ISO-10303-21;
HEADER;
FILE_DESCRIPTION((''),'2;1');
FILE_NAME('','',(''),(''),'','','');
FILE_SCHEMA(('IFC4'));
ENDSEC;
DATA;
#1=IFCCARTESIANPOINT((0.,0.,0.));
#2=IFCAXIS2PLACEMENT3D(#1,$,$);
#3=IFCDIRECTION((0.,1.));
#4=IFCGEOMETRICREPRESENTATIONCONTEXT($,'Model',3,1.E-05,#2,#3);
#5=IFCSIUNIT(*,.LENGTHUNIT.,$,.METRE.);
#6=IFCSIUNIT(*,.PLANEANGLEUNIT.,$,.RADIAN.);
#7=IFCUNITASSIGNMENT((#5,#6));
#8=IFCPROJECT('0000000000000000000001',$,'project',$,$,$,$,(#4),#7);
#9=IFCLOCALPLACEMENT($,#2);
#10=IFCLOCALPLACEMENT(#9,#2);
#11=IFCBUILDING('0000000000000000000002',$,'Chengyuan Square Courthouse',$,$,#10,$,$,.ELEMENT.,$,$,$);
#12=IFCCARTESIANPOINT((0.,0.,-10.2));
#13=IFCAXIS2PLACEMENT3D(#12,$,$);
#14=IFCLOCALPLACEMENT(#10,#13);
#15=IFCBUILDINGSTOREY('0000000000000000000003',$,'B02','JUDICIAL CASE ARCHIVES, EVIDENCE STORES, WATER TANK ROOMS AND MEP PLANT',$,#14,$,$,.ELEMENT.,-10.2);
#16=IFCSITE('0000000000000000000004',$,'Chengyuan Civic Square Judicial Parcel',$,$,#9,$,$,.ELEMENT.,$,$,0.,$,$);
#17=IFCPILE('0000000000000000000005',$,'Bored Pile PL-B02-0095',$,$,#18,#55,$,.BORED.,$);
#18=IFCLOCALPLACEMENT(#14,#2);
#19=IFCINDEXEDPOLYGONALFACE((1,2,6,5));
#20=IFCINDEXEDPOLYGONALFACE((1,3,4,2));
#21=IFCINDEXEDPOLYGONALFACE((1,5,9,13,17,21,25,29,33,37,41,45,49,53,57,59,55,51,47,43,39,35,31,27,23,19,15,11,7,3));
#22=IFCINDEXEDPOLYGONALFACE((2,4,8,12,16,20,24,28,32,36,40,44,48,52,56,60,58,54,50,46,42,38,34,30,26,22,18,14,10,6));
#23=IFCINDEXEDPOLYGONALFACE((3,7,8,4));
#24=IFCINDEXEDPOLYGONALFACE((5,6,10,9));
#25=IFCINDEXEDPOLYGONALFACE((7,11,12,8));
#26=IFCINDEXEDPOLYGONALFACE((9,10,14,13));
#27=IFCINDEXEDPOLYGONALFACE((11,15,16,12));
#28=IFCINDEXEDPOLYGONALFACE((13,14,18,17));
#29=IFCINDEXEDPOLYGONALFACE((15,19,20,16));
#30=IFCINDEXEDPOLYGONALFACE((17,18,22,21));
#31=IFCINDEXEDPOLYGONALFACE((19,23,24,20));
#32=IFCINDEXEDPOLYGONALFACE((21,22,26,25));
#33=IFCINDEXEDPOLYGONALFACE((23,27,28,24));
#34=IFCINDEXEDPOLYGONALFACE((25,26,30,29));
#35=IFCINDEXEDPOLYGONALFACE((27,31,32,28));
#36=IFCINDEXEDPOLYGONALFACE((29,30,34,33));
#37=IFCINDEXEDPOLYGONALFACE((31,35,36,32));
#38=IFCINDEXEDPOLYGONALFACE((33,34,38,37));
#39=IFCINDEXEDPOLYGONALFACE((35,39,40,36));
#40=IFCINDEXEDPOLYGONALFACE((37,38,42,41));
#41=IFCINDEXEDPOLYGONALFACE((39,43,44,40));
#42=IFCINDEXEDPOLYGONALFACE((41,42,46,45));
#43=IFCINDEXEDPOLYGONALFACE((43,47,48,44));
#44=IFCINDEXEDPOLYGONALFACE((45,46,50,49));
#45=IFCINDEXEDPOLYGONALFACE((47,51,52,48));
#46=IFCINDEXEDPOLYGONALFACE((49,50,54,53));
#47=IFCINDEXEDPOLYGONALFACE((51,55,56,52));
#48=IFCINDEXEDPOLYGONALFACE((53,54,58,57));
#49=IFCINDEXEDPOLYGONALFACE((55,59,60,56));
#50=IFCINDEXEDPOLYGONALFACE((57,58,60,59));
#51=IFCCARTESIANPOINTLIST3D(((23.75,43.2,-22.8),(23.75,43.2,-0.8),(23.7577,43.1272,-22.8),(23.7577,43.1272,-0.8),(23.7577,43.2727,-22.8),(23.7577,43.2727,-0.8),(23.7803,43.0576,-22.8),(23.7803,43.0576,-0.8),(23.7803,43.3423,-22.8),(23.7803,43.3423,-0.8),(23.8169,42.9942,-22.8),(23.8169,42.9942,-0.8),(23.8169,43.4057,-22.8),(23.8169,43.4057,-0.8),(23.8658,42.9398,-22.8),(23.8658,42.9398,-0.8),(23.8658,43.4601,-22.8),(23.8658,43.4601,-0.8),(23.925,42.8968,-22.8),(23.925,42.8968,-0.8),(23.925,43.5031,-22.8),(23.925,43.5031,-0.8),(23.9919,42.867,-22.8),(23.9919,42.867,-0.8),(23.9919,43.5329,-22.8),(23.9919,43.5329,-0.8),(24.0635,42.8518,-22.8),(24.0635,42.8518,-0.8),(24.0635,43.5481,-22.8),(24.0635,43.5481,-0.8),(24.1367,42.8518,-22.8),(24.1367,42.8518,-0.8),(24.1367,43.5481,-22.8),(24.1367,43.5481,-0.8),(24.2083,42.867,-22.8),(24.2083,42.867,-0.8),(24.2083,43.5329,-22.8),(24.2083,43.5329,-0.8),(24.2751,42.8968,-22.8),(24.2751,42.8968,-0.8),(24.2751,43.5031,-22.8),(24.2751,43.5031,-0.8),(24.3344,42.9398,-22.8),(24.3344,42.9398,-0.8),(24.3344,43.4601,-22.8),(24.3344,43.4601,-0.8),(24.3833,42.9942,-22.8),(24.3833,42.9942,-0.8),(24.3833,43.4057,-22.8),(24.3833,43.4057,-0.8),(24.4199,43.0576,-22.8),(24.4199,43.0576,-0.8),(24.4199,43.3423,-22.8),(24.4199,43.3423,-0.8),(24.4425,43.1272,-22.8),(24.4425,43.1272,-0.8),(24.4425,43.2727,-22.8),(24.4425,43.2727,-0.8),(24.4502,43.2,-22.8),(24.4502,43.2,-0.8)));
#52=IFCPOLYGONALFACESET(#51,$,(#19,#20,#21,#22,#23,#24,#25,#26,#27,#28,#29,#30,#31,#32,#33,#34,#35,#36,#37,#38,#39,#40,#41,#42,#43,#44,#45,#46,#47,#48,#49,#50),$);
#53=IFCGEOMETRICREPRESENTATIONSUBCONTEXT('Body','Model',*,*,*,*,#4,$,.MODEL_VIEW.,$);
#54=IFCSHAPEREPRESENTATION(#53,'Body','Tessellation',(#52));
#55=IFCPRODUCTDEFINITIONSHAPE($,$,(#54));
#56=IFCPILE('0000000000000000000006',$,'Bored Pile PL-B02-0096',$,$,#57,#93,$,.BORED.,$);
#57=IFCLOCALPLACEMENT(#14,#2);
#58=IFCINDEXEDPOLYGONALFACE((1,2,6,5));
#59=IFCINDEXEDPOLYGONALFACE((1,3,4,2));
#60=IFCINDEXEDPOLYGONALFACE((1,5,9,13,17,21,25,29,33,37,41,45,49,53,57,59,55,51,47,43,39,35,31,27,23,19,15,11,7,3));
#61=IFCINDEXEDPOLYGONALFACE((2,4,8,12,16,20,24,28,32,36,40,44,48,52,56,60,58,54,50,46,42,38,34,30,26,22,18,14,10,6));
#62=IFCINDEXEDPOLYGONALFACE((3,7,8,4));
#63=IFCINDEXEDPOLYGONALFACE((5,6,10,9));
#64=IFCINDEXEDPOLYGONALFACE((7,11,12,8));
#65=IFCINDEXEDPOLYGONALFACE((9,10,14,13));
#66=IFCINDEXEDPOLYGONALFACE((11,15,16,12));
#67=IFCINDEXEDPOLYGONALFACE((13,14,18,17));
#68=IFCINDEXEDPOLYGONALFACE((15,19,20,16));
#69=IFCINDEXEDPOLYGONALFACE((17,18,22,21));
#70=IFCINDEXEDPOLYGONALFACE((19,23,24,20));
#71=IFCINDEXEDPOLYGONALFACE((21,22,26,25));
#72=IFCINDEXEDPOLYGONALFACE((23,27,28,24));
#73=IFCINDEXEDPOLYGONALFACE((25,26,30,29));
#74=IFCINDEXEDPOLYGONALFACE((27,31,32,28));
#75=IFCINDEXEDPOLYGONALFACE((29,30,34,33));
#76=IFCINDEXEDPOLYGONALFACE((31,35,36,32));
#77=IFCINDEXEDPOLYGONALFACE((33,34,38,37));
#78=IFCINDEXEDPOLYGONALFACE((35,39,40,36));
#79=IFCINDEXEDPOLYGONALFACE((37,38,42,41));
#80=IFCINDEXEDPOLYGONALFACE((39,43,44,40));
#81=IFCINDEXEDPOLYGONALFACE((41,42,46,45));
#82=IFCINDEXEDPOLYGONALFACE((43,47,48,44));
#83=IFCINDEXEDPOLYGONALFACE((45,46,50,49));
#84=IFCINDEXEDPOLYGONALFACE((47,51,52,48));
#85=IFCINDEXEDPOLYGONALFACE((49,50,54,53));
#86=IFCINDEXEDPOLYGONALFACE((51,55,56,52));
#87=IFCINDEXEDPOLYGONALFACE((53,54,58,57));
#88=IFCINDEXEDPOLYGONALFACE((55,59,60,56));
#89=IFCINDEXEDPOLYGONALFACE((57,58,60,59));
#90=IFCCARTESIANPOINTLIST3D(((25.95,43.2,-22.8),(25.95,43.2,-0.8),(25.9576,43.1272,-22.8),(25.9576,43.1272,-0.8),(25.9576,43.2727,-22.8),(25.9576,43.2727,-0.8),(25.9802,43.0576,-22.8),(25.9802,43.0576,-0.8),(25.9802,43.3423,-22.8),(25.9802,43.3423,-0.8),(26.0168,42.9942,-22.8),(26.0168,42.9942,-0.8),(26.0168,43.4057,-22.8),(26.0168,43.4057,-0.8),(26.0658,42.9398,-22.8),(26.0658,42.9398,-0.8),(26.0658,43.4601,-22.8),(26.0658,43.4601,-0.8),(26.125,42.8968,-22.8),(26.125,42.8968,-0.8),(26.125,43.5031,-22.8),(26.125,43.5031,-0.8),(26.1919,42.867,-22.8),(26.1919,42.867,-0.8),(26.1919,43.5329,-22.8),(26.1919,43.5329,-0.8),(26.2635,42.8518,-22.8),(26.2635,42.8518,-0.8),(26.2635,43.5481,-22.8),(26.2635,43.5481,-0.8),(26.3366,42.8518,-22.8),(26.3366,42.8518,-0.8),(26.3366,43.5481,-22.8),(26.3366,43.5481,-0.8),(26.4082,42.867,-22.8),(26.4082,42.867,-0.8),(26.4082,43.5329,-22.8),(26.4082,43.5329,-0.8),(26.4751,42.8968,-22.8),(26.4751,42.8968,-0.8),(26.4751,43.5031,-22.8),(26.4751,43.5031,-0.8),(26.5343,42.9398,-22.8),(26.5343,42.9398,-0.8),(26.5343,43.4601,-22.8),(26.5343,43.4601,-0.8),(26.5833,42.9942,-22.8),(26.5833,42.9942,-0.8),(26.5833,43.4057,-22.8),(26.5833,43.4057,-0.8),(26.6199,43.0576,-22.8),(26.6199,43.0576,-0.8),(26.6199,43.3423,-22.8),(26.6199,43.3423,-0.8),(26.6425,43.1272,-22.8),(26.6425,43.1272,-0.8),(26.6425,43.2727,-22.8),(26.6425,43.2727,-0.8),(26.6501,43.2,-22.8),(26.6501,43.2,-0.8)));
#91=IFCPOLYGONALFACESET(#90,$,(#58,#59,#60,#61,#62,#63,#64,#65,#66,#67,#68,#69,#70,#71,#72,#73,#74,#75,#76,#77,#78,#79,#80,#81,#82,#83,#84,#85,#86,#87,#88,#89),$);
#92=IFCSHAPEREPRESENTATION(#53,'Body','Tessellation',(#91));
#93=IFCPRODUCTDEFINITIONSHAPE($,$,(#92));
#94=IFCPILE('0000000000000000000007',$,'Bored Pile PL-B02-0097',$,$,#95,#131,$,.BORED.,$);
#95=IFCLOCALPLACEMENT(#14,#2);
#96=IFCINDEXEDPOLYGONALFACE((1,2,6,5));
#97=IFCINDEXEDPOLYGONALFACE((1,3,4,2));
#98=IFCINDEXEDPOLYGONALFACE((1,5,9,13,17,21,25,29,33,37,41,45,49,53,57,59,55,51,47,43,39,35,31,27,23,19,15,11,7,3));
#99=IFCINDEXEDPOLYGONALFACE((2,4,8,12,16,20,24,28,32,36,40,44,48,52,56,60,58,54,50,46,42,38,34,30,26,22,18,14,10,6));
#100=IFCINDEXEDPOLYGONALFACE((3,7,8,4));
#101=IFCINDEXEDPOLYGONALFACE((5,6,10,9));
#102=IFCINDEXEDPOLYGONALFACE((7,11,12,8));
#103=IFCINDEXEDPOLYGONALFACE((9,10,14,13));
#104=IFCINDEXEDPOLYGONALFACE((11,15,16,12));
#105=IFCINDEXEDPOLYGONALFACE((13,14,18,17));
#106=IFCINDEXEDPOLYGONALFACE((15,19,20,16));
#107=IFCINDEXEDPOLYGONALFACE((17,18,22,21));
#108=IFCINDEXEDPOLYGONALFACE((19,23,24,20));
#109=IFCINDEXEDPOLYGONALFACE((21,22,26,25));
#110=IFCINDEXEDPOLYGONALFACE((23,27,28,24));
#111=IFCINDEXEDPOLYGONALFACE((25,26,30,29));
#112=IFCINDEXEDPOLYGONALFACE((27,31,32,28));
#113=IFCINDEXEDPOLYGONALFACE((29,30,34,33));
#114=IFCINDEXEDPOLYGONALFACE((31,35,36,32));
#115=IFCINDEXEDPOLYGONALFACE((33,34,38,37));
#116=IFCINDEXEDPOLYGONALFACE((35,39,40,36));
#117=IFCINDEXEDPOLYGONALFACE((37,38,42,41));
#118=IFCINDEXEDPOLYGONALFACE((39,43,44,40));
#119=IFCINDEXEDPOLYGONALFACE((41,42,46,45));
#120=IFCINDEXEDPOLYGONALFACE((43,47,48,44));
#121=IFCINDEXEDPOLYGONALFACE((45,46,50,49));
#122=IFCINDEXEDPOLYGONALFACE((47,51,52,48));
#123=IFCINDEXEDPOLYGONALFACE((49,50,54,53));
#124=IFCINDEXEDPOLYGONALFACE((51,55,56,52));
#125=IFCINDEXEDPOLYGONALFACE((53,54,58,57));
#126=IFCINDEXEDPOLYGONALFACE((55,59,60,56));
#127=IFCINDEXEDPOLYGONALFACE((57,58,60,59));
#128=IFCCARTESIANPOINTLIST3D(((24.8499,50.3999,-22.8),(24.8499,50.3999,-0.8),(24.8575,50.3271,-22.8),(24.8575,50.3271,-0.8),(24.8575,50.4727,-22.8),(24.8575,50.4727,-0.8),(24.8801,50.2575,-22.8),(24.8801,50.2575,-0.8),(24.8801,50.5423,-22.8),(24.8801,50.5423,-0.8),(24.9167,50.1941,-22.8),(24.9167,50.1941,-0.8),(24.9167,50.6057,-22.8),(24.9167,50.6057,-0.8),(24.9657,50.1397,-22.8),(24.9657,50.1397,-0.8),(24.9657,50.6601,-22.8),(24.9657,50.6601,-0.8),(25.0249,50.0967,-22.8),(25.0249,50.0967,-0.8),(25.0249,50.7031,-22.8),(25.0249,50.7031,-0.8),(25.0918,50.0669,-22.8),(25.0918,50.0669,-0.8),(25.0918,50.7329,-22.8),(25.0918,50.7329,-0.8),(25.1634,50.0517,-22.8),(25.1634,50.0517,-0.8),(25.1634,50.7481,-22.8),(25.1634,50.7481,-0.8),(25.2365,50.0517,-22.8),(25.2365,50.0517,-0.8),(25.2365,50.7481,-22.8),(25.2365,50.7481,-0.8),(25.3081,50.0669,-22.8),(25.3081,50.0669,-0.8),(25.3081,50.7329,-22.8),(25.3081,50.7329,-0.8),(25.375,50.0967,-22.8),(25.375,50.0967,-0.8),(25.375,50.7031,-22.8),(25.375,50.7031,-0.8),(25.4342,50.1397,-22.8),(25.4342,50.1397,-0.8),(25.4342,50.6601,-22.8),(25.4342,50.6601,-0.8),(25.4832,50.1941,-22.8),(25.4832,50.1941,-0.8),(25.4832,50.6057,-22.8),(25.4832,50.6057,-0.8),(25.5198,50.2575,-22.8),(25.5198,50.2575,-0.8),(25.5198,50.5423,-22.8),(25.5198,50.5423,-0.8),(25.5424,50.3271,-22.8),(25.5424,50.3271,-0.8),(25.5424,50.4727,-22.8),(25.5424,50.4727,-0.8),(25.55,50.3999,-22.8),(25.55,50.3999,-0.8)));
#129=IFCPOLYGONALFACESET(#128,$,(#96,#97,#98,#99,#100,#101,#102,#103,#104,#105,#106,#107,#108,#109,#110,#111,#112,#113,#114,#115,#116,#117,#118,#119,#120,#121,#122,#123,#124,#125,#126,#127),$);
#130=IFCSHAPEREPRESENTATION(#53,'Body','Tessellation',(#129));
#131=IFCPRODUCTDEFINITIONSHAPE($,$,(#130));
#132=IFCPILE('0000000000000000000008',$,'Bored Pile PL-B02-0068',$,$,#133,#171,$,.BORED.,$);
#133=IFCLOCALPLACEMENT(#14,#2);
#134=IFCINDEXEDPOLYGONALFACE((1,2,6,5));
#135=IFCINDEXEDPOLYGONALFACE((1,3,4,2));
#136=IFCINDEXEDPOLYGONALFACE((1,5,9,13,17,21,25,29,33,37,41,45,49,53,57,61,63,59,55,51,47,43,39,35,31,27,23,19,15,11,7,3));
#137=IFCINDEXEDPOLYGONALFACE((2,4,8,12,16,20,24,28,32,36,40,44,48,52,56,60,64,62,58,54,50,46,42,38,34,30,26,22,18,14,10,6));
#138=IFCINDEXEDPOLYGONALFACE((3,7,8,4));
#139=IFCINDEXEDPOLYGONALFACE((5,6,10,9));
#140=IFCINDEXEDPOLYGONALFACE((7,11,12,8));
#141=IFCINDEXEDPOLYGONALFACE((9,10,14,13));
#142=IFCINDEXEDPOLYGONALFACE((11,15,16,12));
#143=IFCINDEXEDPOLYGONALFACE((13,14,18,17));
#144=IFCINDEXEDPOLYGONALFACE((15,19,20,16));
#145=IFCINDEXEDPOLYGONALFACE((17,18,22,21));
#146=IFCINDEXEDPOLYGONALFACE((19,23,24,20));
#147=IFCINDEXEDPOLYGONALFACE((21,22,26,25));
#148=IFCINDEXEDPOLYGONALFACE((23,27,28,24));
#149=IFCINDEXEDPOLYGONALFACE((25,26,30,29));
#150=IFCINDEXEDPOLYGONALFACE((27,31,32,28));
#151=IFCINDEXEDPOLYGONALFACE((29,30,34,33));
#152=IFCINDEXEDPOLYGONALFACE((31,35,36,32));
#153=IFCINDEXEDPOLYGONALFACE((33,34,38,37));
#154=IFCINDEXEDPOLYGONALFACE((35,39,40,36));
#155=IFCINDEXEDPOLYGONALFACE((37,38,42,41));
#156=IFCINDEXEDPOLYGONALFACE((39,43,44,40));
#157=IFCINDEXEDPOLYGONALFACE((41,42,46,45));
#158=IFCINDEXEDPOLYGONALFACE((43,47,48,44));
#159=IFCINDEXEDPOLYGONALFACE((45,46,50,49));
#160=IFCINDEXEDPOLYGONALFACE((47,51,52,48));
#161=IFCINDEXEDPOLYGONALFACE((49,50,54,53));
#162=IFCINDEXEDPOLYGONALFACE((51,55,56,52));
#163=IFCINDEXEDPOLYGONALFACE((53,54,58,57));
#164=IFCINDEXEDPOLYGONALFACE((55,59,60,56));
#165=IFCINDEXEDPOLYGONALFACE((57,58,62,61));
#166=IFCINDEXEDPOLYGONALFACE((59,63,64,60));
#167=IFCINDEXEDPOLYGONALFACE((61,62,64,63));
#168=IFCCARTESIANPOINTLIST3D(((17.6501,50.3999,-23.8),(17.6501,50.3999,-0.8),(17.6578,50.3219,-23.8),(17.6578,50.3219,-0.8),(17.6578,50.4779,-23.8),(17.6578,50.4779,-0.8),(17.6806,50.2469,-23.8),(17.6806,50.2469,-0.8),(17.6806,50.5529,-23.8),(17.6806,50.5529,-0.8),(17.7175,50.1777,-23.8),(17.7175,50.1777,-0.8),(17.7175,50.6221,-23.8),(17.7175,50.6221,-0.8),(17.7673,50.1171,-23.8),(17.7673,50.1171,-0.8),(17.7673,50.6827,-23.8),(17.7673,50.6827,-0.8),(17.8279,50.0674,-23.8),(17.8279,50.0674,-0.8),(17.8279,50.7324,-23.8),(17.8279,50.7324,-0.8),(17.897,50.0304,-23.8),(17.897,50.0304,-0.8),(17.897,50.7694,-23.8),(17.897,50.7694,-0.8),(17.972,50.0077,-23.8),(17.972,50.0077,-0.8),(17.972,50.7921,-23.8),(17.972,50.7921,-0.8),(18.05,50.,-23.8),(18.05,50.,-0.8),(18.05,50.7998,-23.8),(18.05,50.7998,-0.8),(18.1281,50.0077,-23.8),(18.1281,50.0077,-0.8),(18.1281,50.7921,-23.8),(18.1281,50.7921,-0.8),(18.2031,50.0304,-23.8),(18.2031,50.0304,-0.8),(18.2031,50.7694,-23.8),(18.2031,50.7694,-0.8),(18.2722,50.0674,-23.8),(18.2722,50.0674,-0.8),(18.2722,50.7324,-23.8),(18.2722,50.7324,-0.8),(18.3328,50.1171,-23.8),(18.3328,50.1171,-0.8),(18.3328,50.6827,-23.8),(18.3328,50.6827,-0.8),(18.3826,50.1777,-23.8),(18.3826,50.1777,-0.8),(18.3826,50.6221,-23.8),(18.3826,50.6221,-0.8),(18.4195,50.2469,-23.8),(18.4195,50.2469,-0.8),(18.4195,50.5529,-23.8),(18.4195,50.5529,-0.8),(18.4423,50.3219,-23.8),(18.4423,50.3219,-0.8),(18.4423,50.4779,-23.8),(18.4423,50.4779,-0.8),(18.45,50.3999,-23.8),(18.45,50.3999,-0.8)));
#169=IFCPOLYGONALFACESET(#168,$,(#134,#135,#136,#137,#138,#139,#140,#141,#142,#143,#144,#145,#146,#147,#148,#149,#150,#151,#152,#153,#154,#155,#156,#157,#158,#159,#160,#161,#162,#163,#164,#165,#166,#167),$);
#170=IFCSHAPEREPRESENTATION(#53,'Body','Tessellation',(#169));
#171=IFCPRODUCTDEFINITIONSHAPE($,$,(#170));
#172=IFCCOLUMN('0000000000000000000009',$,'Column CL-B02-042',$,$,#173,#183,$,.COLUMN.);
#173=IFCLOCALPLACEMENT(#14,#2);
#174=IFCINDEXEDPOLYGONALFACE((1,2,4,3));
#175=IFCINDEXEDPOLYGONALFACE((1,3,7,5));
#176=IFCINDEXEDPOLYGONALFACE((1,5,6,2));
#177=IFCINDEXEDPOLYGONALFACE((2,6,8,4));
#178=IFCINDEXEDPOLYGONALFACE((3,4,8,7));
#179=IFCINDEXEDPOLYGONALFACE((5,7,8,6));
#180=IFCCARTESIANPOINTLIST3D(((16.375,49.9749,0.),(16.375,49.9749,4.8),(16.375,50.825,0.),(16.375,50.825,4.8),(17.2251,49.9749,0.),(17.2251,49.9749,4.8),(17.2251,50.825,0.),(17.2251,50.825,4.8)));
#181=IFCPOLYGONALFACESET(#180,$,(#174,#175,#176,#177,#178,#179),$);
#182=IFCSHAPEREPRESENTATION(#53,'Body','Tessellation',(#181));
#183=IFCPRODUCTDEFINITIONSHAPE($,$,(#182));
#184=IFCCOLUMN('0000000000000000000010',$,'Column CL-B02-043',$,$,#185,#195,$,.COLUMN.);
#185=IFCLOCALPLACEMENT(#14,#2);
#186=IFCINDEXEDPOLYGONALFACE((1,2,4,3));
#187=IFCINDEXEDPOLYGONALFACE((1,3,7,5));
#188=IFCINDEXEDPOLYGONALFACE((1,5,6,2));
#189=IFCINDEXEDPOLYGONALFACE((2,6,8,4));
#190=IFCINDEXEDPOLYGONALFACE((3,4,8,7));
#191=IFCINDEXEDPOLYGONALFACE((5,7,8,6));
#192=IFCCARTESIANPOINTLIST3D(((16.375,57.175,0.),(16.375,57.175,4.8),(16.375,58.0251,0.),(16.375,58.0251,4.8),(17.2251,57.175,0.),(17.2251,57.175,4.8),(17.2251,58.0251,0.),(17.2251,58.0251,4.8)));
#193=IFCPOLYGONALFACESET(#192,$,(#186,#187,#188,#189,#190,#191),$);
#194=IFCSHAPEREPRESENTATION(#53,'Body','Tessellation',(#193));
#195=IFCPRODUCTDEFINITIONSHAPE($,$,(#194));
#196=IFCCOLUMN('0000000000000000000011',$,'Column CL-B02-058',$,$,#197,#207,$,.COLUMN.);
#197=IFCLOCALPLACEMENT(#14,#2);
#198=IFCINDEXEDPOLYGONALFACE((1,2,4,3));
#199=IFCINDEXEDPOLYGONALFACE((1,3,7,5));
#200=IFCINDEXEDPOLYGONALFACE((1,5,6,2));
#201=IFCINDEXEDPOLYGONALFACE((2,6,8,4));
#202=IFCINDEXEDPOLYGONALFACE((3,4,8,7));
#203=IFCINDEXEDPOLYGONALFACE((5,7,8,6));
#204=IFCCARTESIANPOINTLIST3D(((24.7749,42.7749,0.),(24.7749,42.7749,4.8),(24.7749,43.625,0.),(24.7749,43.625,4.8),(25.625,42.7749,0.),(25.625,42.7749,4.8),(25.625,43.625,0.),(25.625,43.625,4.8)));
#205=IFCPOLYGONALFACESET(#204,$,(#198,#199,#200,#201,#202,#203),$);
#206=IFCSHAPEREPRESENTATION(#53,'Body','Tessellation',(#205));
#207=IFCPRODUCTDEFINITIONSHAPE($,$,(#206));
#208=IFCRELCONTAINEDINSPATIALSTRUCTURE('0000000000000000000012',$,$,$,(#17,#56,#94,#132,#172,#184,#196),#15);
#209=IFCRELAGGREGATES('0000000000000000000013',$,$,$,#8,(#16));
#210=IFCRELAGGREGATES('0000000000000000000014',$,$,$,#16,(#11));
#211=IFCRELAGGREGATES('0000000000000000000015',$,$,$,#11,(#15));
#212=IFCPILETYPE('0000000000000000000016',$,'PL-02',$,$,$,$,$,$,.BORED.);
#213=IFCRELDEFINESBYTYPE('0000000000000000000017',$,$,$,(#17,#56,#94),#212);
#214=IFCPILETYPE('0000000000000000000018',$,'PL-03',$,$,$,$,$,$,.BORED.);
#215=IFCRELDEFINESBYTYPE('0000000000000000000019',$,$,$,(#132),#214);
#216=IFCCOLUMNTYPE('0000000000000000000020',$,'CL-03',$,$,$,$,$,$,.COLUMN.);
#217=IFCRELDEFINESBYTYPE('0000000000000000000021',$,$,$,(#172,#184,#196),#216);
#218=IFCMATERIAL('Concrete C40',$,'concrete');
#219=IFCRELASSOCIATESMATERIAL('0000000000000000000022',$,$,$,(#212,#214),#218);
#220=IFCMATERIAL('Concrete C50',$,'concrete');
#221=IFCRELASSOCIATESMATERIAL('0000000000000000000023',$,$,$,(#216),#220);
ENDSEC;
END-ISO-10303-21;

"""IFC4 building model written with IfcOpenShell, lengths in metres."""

from ifc_helpers import new_model, si_unit, direction, frame, origin, origin_2d, place, context, subcontext, project, spatial, rectangle, circle, extrude, material, material_profile, profile_set, type_object, element, save


model = new_model("IFC4")

# Units and contexts
model_context = context("Model", 3, precision=1e-05, world=origin(), true_north=direction((0.0, 1.0)))
body_context = subcontext(model_context, "Body", "Model", "MODEL_VIEW")
ifc_project = project(units=[si_unit("LENGTHUNIT", "METRE"), si_unit("PLANEANGLEUNIT", "RADIAN")], contexts=[model_context])

# Site, building, storey
site_placement = place(None, origin())
site = spatial("IfcSite", under=ifc_project, at=site_placement, Name="Chengyuan Civic Square Judicial Parcel", CompositionType="ELEMENT", RefElevation=0.0)
building_placement = place(site_placement, origin())
building = spatial("IfcBuilding", under=site, at=building_placement, Name="Chengyuan Square Courthouse", CompositionType="ELEMENT")
storey_placement = place(building_placement, frame((0.0, 0.0, -10.2)))
storey = spatial("IfcBuildingStorey", under=building, at=storey_placement, Name="B02", Description="JUDICIAL CASE ARCHIVES, EVIDENCE STORES, WATER TANK ROOMS AND MEP PLANT", CompositionType="ELEMENT", Elevation=-10.2)

# Shared definitions
ifc_material_1 = material(Name="Concrete C40", Category="concrete")

# Piles
ifc_material_profile_1 = material_profile(ifc_material_1, circle(Radius=0.3501, at=origin_2d()), Name="BORED PILE D700")
ifc_profile_set_1 = profile_set([ifc_material_profile_1], Name="Concrete C40")
pile_type_1 = type_object("IfcPileType", Name="PL-02", PredefinedType="BORED", material=ifc_profile_set_1)
for number, where, z_axis, x_axis, name in (
    (1, (24.1001, 43.2, -0.8), (0.0, 0.0, -1.0), (1.0, 0.0, 0.0), "Bored Pile PL-B02-0095"),
    (2, (26.3, 43.2, -0.8), (0.0, 0.0, -1.0), (1.0, 0.0, 0.0), "Bored Pile PL-B02-0096"),
    (3, (25.2, 50.3999, -0.8), (0.0, 0.0, -1.0), (1.0, 0.0, 0.0), "Bored Pile PL-B02-0097"),
):
    element("IfcPile", number, at=place(storey_placement, frame(where, z_axis=z_axis, x_axis=x_axis)), inside=storey, type_object=pile_type_1, Name=name, PredefinedType="BORED", context=body_context, shape_type="SweptSolid", body=[
        extrude(circle(Radius=0.3501, at=origin_2d()), origin(), (0.0, 0.0, 1.0), 22.0),
    ])
ifc_material_profile_2 = material_profile(ifc_material_1, circle(Radius=0.3999, at=origin_2d()), Name="BORED PILE D800")
ifc_profile_set_2 = profile_set([ifc_material_profile_2], Name="Concrete C40")
pile_type_2 = type_object("IfcPileType", Name="PL-03", PredefinedType="BORED", material=ifc_profile_set_2)
pile_placement = place(storey_placement, frame((18.05, 50.3999, -0.8), z_axis=(0.0, 0.0, -1.0), x_axis=(1.0, 0.0, 0.0)))
element("IfcPile", 4, at=pile_placement, inside=storey, type_object=pile_type_2, Name="Bored Pile PL-B02-0068", PredefinedType="BORED", context=body_context, shape_type="SweptSolid", body=[
    extrude(circle(Radius=0.3999, at=origin_2d()), origin(), (0.0, 0.0, 1.0), 23.0),
])

# Columns
ifc_material_2 = material(Name="Concrete C50", Category="concrete")
ifc_material_profile_3 = material_profile(ifc_material_2, rectangle(XDim=0.8501, YDim=0.8501, at=origin_2d()), Name="RC-COL-850x850")
ifc_profile_set_3 = profile_set([ifc_material_profile_3], Name="Concrete C50")
column_type = type_object("IfcColumnType", Name="CL-03", PredefinedType="COLUMN", material=ifc_profile_set_3)
for number, where, z_axis, x_axis, name in (
    (5, (16.8, 50.3999, 0.0), (0.0, 0.0, 1.0), (1.0, 0.0, 0.0), "Column CL-B02-042"),
    (6, (16.8, 57.6001, 0.0), (0.0, 0.0, 1.0), (1.0, 0.0, 0.0), "Column CL-B02-043"),
    (7, (25.2, 43.2, 0.0), (0.0, 0.0, 1.0), (1.0, 0.0, 0.0), "Column CL-B02-058"),
):
    element("IfcColumn", number, at=place(storey_placement, frame(where, z_axis=z_axis, x_axis=x_axis)), inside=storey, type_object=column_type, Name=name, PredefinedType="COLUMN", context=body_context, shape_type="SweptSolid", body=[
        extrude(rectangle(XDim=0.8501, YDim=0.8501, at=origin_2d()), origin(), (0.0, 0.0, 1.0), 4.8),
    ])

save(model, "model.ifc")
